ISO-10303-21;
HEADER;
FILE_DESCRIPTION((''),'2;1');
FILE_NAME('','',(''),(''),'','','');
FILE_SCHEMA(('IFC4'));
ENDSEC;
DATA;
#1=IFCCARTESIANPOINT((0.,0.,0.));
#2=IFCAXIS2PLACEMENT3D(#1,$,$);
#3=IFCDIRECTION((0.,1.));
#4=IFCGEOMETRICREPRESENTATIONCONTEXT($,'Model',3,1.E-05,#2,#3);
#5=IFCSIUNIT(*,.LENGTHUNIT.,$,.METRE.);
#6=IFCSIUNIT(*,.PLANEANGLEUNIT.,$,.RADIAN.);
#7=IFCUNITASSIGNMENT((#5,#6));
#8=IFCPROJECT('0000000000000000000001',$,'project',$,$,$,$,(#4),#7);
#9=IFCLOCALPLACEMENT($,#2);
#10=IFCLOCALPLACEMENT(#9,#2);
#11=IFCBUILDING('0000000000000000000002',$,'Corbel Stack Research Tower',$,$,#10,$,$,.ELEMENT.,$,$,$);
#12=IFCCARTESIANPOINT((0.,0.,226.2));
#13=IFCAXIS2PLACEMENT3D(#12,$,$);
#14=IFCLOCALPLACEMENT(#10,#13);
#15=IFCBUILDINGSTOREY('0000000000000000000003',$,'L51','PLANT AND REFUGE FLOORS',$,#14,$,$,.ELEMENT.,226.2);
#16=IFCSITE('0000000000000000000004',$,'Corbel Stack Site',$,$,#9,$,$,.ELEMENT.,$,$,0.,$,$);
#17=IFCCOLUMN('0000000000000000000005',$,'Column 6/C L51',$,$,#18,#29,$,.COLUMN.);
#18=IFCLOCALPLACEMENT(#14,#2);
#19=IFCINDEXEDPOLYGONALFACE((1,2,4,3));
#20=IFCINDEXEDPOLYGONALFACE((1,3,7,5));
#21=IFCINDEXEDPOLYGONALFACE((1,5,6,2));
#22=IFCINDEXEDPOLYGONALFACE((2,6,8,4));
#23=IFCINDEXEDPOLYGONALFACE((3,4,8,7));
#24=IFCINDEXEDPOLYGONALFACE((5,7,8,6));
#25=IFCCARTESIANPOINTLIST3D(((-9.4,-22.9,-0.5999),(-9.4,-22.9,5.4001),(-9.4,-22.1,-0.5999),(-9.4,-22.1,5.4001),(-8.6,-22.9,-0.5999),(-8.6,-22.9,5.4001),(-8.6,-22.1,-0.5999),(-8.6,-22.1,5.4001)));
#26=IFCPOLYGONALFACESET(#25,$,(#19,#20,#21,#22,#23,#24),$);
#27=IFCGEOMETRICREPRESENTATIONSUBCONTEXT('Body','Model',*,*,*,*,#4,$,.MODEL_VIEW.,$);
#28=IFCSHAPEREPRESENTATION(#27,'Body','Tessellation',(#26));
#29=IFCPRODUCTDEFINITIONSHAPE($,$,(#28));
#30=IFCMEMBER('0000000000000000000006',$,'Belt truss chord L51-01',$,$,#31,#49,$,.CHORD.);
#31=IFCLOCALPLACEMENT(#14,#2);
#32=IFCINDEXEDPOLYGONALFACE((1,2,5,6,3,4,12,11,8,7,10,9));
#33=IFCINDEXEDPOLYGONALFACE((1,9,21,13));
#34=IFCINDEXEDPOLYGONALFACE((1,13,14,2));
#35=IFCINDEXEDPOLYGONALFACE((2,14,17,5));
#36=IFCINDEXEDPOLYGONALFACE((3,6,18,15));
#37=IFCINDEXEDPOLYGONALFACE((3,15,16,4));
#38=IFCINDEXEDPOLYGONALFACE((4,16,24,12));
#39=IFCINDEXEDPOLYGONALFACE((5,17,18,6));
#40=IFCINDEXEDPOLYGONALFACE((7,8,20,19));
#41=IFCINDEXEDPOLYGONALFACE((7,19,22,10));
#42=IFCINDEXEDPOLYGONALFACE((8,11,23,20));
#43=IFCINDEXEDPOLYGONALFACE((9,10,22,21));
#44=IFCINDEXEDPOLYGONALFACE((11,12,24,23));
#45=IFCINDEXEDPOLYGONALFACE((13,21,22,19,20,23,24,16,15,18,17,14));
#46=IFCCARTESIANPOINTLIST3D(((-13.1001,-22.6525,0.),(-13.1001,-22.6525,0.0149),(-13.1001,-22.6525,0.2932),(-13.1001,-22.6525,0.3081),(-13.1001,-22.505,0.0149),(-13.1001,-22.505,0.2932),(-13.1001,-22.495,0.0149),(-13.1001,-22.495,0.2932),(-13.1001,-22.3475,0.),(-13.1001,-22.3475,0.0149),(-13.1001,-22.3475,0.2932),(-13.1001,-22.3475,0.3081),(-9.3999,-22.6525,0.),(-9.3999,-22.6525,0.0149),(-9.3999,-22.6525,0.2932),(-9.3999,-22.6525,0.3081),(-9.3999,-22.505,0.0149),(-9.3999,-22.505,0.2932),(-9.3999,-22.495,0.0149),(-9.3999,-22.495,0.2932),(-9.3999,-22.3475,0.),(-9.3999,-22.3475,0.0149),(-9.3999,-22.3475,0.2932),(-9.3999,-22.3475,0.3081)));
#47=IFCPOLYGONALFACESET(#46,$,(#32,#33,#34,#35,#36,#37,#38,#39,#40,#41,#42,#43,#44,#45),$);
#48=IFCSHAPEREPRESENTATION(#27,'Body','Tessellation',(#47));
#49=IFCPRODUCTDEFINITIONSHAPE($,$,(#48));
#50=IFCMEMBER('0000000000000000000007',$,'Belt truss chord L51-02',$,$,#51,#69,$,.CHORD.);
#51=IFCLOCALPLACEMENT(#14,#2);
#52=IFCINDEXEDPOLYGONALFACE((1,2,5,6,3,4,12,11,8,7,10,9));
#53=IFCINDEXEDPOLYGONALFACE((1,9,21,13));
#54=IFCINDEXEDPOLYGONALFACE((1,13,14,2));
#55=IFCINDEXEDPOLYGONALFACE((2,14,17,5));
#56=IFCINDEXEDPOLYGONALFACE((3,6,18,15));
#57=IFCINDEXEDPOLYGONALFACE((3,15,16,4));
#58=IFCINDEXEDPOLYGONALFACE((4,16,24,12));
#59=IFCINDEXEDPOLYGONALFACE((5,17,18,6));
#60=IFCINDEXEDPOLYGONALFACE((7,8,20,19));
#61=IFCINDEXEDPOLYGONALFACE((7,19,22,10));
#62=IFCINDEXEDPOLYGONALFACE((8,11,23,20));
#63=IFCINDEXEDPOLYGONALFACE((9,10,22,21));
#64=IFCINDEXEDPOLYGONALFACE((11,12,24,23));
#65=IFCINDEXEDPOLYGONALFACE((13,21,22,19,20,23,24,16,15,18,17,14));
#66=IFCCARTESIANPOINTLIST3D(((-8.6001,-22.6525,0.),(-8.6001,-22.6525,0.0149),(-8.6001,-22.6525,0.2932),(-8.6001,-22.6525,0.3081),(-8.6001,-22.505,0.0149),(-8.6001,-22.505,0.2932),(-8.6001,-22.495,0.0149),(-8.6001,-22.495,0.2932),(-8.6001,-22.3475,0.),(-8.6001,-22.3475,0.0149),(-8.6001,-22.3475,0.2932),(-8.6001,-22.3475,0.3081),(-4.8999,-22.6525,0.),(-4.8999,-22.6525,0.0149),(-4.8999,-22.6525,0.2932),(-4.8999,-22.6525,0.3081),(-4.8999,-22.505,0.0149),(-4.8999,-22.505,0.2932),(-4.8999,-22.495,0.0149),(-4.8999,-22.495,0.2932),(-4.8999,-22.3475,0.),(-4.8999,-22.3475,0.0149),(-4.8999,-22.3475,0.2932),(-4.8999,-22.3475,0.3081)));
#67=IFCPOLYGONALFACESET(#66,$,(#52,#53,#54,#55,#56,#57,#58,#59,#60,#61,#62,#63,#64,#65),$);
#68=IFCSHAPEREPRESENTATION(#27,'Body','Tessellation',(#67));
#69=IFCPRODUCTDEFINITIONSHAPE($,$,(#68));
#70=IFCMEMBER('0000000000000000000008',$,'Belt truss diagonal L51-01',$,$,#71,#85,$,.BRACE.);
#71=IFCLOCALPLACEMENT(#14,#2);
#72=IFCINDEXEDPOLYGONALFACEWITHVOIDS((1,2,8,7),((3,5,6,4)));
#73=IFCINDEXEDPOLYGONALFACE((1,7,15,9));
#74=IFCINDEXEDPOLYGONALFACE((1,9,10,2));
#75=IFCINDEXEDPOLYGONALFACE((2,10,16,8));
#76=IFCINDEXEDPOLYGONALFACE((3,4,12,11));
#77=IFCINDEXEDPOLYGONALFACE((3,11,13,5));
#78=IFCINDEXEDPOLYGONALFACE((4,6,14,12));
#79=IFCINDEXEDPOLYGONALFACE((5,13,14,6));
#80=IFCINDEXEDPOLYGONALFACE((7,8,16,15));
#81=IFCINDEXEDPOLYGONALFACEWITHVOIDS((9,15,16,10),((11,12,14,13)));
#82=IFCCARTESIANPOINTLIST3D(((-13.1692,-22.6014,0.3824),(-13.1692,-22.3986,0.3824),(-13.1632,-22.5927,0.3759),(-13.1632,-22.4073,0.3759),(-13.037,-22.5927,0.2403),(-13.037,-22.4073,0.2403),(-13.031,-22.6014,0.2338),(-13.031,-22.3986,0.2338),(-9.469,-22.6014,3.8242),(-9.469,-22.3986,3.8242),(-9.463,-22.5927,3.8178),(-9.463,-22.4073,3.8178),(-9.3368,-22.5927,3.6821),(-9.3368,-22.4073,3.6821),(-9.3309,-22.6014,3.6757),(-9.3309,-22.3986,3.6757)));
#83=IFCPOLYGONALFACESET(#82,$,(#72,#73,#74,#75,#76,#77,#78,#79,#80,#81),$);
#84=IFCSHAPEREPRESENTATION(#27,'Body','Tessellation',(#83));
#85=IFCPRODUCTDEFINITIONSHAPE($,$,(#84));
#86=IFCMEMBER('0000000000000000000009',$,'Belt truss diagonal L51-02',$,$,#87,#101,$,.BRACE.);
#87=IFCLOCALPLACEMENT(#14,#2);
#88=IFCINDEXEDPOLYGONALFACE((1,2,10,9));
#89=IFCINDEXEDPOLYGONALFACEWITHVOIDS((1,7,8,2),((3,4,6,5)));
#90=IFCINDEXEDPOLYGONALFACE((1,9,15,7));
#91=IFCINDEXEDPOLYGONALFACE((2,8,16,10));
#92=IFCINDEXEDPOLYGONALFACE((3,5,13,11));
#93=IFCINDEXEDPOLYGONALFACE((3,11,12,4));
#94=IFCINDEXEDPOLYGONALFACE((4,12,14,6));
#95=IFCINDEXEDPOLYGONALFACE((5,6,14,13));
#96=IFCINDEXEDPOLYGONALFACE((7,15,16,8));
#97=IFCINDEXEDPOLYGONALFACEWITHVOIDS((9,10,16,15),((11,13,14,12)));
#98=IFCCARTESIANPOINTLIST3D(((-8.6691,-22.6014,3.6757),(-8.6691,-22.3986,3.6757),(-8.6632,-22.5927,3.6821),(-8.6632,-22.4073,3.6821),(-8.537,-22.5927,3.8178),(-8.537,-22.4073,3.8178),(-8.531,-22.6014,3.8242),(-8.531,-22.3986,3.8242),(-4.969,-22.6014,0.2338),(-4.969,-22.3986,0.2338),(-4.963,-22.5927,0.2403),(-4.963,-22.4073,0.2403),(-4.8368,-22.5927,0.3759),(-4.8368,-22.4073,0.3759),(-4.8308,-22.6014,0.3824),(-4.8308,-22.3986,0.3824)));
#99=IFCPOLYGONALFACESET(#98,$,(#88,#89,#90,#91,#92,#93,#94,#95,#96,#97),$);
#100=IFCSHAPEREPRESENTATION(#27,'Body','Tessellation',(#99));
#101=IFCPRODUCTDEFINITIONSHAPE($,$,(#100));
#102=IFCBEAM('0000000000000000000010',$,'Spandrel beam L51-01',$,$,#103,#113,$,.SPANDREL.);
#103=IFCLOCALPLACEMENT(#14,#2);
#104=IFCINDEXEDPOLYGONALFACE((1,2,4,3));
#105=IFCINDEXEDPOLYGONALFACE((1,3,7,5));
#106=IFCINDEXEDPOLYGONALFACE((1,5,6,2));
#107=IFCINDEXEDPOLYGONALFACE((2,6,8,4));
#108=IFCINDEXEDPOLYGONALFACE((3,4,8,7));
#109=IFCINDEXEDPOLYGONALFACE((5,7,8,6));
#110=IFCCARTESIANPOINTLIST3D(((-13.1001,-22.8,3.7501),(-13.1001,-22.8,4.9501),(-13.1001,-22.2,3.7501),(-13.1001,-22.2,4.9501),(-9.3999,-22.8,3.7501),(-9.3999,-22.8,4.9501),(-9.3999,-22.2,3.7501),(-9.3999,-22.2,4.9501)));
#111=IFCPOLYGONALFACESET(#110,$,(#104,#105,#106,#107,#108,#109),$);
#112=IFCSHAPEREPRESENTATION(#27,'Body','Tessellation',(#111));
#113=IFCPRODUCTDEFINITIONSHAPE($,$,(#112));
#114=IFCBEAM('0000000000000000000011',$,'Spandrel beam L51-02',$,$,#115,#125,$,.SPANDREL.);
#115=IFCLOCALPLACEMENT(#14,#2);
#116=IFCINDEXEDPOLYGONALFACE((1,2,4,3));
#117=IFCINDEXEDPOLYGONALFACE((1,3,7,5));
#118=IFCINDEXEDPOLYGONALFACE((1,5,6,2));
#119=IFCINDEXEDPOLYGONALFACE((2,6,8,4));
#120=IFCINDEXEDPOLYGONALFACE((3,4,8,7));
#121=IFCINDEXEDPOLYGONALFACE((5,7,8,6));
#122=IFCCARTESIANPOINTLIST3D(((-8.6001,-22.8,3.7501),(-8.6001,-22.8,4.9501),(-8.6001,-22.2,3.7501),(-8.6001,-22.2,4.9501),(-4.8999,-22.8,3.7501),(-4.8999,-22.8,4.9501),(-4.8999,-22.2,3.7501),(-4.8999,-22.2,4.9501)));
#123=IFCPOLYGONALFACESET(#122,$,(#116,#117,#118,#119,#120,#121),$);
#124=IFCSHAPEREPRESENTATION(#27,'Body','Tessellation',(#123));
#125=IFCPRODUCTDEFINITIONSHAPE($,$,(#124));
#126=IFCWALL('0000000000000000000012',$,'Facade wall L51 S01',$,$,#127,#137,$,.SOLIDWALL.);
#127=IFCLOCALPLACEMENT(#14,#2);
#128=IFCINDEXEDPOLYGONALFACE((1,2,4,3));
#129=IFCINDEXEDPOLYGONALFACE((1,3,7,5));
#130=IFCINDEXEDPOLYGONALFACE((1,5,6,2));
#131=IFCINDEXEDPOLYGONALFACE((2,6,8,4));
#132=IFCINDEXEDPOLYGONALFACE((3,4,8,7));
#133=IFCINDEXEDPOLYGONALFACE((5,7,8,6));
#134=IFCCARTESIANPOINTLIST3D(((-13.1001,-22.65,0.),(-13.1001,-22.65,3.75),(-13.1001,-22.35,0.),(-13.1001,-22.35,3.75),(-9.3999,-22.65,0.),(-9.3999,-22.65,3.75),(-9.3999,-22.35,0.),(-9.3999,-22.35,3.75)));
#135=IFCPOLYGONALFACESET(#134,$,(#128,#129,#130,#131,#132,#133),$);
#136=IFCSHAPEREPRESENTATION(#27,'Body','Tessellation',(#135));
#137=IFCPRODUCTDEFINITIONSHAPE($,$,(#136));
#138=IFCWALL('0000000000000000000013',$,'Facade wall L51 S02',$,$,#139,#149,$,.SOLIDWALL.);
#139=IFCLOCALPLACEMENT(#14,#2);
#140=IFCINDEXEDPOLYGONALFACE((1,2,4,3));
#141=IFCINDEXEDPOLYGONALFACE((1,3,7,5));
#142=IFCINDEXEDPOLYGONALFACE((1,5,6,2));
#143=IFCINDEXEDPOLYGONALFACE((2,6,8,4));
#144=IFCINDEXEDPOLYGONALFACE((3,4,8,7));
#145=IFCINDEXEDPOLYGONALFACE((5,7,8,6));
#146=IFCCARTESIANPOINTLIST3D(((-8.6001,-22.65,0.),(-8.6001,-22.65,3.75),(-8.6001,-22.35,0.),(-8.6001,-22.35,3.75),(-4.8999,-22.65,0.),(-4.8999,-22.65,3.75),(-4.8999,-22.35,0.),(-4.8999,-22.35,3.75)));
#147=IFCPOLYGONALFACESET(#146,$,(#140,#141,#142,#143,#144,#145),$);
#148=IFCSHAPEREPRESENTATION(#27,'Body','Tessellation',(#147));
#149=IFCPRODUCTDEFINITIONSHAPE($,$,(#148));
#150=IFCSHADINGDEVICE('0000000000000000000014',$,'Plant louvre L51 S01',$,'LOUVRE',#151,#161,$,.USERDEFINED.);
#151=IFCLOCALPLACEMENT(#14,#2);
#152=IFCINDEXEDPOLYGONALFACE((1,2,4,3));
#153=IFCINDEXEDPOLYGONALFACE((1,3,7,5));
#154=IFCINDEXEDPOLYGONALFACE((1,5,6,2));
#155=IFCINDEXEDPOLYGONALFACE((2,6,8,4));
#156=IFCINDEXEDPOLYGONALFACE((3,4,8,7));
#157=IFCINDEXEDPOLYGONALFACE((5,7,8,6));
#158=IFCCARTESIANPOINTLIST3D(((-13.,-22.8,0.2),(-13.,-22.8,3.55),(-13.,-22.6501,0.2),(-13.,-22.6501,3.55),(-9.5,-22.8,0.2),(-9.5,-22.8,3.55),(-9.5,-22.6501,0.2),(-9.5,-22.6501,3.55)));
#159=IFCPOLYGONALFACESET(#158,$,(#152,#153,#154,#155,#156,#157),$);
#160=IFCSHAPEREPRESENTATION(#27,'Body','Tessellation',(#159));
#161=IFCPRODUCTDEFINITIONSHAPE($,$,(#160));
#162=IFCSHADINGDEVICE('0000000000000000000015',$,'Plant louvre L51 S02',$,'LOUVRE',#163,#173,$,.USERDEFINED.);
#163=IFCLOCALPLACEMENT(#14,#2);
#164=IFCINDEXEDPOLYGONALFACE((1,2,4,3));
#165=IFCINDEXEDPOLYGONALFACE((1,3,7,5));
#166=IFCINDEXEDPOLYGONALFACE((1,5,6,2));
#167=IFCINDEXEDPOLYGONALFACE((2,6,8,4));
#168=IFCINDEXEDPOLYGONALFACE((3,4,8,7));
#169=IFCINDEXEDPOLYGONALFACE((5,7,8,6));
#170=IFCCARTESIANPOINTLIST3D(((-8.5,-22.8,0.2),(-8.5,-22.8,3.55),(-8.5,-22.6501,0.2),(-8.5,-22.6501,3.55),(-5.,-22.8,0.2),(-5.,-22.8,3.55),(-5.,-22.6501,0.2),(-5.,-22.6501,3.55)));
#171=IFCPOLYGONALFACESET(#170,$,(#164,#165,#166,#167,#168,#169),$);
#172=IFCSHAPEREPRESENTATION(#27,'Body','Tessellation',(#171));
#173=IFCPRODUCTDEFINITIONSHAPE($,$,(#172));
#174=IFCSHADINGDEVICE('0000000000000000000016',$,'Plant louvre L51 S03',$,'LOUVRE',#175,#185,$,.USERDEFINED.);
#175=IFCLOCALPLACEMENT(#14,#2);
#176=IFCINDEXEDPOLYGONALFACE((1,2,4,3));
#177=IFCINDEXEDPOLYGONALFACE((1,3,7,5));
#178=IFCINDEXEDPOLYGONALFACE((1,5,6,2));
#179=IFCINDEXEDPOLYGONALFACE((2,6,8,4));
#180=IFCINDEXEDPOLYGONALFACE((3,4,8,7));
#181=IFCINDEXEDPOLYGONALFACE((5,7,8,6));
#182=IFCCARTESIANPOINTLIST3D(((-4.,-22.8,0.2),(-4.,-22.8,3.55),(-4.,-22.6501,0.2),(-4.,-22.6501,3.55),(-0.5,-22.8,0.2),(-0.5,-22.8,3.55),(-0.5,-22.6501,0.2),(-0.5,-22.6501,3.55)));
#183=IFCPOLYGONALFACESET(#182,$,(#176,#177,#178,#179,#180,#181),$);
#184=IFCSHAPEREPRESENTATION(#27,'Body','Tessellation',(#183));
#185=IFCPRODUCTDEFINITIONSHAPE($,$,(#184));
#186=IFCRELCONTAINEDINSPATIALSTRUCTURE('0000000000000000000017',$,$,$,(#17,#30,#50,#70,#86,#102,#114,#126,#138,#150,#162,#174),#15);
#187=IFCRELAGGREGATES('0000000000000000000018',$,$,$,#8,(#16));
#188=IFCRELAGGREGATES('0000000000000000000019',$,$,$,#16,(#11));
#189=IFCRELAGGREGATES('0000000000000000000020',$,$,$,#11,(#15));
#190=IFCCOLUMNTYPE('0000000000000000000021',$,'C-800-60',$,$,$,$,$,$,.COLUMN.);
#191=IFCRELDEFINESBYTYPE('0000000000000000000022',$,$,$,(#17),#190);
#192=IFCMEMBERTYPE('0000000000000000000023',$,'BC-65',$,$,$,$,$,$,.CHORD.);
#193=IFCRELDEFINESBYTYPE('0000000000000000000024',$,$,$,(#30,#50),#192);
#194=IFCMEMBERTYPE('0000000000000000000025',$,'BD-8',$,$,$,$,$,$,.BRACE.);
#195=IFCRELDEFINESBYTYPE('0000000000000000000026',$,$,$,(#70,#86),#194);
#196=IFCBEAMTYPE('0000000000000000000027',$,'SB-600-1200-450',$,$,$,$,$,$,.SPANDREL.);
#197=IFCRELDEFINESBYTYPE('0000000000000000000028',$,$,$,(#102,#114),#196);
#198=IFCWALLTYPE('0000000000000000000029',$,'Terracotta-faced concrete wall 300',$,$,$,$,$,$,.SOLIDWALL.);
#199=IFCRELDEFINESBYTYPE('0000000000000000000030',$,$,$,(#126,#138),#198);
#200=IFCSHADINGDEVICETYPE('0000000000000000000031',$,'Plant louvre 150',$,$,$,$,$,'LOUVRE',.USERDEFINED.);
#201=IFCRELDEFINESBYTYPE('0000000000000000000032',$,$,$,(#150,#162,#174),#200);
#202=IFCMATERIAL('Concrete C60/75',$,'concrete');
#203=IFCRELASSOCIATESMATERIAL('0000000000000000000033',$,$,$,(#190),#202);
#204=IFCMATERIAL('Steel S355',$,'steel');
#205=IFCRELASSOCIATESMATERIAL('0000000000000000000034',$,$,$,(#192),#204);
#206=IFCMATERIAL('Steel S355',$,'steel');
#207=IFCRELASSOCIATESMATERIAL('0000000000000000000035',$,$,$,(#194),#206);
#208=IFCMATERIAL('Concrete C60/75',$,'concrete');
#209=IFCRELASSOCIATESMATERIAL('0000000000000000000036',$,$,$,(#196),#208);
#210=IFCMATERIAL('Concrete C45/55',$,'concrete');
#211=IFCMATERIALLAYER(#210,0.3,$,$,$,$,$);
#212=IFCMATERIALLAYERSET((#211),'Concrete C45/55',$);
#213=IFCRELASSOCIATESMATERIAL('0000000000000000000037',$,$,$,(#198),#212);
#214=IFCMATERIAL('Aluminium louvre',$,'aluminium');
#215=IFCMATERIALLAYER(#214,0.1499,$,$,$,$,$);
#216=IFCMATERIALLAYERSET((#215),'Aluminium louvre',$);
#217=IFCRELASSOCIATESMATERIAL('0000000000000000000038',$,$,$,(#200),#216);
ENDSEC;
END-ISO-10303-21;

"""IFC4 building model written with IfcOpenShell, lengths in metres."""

from ifc_helpers import new_model, si_unit, direction, frame, frame_2d, origin, origin_2d, place, context, subcontext, project, spatial, rectangle, hollow_rectangle, i_section, extrude, material, layer, layer_set, material_profile, profile_set, type_object, element, save


model = new_model("IFC4")

# Units and contexts
model_context = context("Model", 3, precision=1e-05, world=origin(), true_north=direction((0.0, 1.0)))
body_context = subcontext(model_context, "Body", "Model", "MODEL_VIEW")
ifc_project = project(units=[si_unit("LENGTHUNIT", "METRE"), si_unit("PLANEANGLEUNIT", "RADIAN")], contexts=[model_context])

# Site, building, storey
site_placement = place(None, origin())
site = spatial("IfcSite", under=ifc_project, at=site_placement, Name="Corbel Stack Site", CompositionType="ELEMENT", RefElevation=0.0)
building_placement = place(site_placement, origin())
building = spatial("IfcBuilding", under=site, at=building_placement, Name="Corbel Stack Research Tower", CompositionType="ELEMENT")
storey_placement = place(building_placement, frame((0.0, 0.0, 226.2)))
storey = spatial("IfcBuildingStorey", under=building, at=storey_placement, Name="L51", Description="PLANT AND REFUGE FLOORS", CompositionType="ELEMENT", Elevation=226.2)

# Column
ifc_material_1 = material(Name="Concrete C60/75", Category="concrete")
ifc_material_profile_1 = material_profile(ifc_material_1, rectangle(XDim=0.8, YDim=0.8, at=origin_2d()), Name="RC 800 x 800")
ifc_profile_set_1 = profile_set([ifc_material_profile_1], Name="Concrete C60/75")
column_type = type_object("IfcColumnType", Name="C-800-60", PredefinedType="COLUMN", material=ifc_profile_set_1)
column_placement = place(storey_placement, frame((-9.0, -22.5, -0.5999), z_axis=(0.0, 0.0, 1.0), x_axis=(1.0, 0.0, 0.0)))
element("IfcColumn", 1, at=column_placement, inside=storey, type_object=column_type, Name="Column 6/C L51", PredefinedType="COLUMN", context=body_context, shape_type="SweptSolid", body=[
    extrude(rectangle(XDim=0.8, YDim=0.8, at=origin_2d()), origin(), (0.0, 0.0, 1.0), 6.0),
])

# Members
ifc_material_2 = material(Name="Steel S355", Category="steel")
ifc_material_profile_2 = material_profile(ifc_material_2, i_section(OverallWidth=0.3049, OverallDepth=0.3081, WebThickness=0.01, FlangeThickness=0.0149, at=origin_2d()), Name="W12x65")
ifc_profile_set_2 = profile_set([ifc_material_profile_2], Name="Steel S355")
member_type_1 = type_object("IfcMemberType", Name="BC-65", PredefinedType="CHORD", material=ifc_profile_set_2)
for number, where, z_axis, x_axis, name in (
    (2, (-13.1001, -22.5, 0.1541), (1.0, 0.0, 0.0), (0.0, 1.0, 0.0), "Belt truss chord L51-01"),
    (3, (-8.6001, -22.5, 0.1541), (1.0, 0.0, 0.0), (0.0, 1.0, 0.0), "Belt truss chord L51-02"),
):
    element("IfcMember", number, at=place(storey_placement, frame(where, z_axis=z_axis, x_axis=x_axis)), inside=storey, type_object=member_type_1, Name=name, PredefinedType="CHORD", context=body_context, shape_type="SweptSolid", body=[
        extrude(i_section(OverallWidth=0.3049, OverallDepth=0.3081, WebThickness=0.01, FlangeThickness=0.0149, at=origin_2d()), origin(), (0.0, 0.0, 1.0), 3.7002),
    ])
ifc_material_3 = material(Name="Steel S355", Category="steel")
ifc_material_profile_3 = material_profile(ifc_material_3, hollow_rectangle(XDim=0.2029, YDim=0.2029, WallThickness=0.0088, at=origin_2d()), Name="HSS8x8x3/8")
ifc_profile_set_3 = profile_set([ifc_material_profile_3], Name="Steel S355")
member_type_2 = type_object("IfcMemberType", Name="BD-8", PredefinedType="BRACE", material=ifc_profile_set_3)
for number, where, z_axis, x_axis, name in (
    (4, (-13.1001, -22.5, 0.3081), (0.732201, 0.0, 0.681088), (0.0, 1.0, 0.0), "Belt truss diagonal L51-01"),
    (5, (-4.8999, -22.5, 0.3081), (-0.732201, 0.0, 0.681088), (0.0, -1.0, 0.0), "Belt truss diagonal L51-02"),
):
    element("IfcMember", number, at=place(storey_placement, frame(where, z_axis=z_axis, x_axis=x_axis)), inside=storey, type_object=member_type_2, Name=name, PredefinedType="BRACE", context=body_context, shape_type="SweptSolid", body=[
        extrude(hollow_rectangle(XDim=0.2029, YDim=0.2029, WallThickness=0.0088, at=origin_2d()), origin(), (0.0, 0.0, 1.0), 5.0535),
    ])

# Beams
ifc_material_4 = material(Name="Concrete C60/75", Category="concrete")
ifc_material_profile_4 = material_profile(ifc_material_4, rectangle(XDim=0.6001, YDim=1.2, at=origin_2d()), Name="RC 600 x 1200")
ifc_profile_set_4 = profile_set([ifc_material_profile_4], Name="Concrete C60/75")
beam_type = type_object("IfcBeamType", Name="SB-600-1200-450", PredefinedType="SPANDREL", material=ifc_profile_set_4)
for number, where, z_axis, x_axis, name in (
    (6, (-13.1001, -22.5, 4.3501), (1.0, 0.0, 0.0), (0.0, 1.0, 0.0), "Spandrel beam L51-01"),
    (7, (-8.6001, -22.5, 4.3501), (1.0, 0.0, 0.0), (0.0, 1.0, 0.0), "Spandrel beam L51-02"),
):
    element("IfcBeam", number, at=place(storey_placement, frame(where, z_axis=z_axis, x_axis=x_axis)), inside=storey, type_object=beam_type, Name=name, PredefinedType="SPANDREL", context=body_context, shape_type="SweptSolid", body=[
        extrude(rectangle(XDim=0.6001, YDim=1.2, at=origin_2d()), origin(), (0.0, 0.0, 1.0), 3.7002),
    ])

# Walls
ifc_material_5 = material(Name="Concrete C45/55", Category="concrete")
ifc_layer_1 = layer(ifc_material_5, 0.3)
ifc_layer_set_1 = layer_set([ifc_layer_1], Name="Concrete C45/55")
wall_type = type_object("IfcWallType", Name="Terracotta-faced concrete wall 300", PredefinedType="SOLIDWALL", material=ifc_layer_set_1)
for number, where, z_axis, x_axis, name in (
    (8, (-9.3999, -22.5, 0.0), (0.0, 0.0, 1.0), (-1.0, 0.0, 0.0), "Facade wall L51 S01"),
    (9, (-4.8999, -22.5, 0.0), (0.0, 0.0, 1.0), (-1.0, 0.0, 0.0), "Facade wall L51 S02"),
):
    element("IfcWall", number, at=place(storey_placement, frame(where, z_axis=z_axis, x_axis=x_axis)), inside=storey, type_object=wall_type, Name=name, PredefinedType="SOLIDWALL", context=body_context, shape_type="SweptSolid", body=[
        extrude(rectangle(XDim=3.7002, YDim=0.3, at=frame_2d((1.8501, 0.0))), origin(), (0.0, 0.0, 1.0), 3.75),
    ])

# Shading devices
ifc_material_6 = material(Name="Aluminium louvre", Category="aluminium")
ifc_layer_2 = layer(ifc_material_6, 0.1499)
ifc_layer_set_2 = layer_set([ifc_layer_2], Name="Aluminium louvre")
shading_device_type = type_object("IfcShadingDeviceType", Name="Plant louvre 150", ElementType="LOUVRE", PredefinedType="USERDEFINED", material=ifc_layer_set_2)
for number, where, z_axis, x_axis, name in (
    (10, (-11.25, -22.7251, 0.2), (0.0, 0.0, 1.0), (1.0, 0.0, 0.0), "Plant louvre L51 S01"),
    (11, (-6.75, -22.7251, 0.2), (0.0, 0.0, 1.0), (1.0, 0.0, 0.0), "Plant louvre L51 S02"),
    (12, (-2.25, -22.7251, 0.2), (0.0, 0.0, 1.0), (1.0, 0.0, 0.0), "Plant louvre L51 S03"),
):
    element("IfcShadingDevice", number, at=place(storey_placement, frame(where, z_axis=z_axis, x_axis=x_axis)), inside=storey, type_object=shading_device_type, Name=name, ObjectType="LOUVRE", PredefinedType="USERDEFINED", context=body_context, shape_type="SweptSolid", body=[
        extrude(rectangle(XDim=3.5, YDim=0.1499, at=origin_2d()), origin(), (0.0, 0.0, 1.0), 3.3501),
    ])

save(model, "model.ifc")
